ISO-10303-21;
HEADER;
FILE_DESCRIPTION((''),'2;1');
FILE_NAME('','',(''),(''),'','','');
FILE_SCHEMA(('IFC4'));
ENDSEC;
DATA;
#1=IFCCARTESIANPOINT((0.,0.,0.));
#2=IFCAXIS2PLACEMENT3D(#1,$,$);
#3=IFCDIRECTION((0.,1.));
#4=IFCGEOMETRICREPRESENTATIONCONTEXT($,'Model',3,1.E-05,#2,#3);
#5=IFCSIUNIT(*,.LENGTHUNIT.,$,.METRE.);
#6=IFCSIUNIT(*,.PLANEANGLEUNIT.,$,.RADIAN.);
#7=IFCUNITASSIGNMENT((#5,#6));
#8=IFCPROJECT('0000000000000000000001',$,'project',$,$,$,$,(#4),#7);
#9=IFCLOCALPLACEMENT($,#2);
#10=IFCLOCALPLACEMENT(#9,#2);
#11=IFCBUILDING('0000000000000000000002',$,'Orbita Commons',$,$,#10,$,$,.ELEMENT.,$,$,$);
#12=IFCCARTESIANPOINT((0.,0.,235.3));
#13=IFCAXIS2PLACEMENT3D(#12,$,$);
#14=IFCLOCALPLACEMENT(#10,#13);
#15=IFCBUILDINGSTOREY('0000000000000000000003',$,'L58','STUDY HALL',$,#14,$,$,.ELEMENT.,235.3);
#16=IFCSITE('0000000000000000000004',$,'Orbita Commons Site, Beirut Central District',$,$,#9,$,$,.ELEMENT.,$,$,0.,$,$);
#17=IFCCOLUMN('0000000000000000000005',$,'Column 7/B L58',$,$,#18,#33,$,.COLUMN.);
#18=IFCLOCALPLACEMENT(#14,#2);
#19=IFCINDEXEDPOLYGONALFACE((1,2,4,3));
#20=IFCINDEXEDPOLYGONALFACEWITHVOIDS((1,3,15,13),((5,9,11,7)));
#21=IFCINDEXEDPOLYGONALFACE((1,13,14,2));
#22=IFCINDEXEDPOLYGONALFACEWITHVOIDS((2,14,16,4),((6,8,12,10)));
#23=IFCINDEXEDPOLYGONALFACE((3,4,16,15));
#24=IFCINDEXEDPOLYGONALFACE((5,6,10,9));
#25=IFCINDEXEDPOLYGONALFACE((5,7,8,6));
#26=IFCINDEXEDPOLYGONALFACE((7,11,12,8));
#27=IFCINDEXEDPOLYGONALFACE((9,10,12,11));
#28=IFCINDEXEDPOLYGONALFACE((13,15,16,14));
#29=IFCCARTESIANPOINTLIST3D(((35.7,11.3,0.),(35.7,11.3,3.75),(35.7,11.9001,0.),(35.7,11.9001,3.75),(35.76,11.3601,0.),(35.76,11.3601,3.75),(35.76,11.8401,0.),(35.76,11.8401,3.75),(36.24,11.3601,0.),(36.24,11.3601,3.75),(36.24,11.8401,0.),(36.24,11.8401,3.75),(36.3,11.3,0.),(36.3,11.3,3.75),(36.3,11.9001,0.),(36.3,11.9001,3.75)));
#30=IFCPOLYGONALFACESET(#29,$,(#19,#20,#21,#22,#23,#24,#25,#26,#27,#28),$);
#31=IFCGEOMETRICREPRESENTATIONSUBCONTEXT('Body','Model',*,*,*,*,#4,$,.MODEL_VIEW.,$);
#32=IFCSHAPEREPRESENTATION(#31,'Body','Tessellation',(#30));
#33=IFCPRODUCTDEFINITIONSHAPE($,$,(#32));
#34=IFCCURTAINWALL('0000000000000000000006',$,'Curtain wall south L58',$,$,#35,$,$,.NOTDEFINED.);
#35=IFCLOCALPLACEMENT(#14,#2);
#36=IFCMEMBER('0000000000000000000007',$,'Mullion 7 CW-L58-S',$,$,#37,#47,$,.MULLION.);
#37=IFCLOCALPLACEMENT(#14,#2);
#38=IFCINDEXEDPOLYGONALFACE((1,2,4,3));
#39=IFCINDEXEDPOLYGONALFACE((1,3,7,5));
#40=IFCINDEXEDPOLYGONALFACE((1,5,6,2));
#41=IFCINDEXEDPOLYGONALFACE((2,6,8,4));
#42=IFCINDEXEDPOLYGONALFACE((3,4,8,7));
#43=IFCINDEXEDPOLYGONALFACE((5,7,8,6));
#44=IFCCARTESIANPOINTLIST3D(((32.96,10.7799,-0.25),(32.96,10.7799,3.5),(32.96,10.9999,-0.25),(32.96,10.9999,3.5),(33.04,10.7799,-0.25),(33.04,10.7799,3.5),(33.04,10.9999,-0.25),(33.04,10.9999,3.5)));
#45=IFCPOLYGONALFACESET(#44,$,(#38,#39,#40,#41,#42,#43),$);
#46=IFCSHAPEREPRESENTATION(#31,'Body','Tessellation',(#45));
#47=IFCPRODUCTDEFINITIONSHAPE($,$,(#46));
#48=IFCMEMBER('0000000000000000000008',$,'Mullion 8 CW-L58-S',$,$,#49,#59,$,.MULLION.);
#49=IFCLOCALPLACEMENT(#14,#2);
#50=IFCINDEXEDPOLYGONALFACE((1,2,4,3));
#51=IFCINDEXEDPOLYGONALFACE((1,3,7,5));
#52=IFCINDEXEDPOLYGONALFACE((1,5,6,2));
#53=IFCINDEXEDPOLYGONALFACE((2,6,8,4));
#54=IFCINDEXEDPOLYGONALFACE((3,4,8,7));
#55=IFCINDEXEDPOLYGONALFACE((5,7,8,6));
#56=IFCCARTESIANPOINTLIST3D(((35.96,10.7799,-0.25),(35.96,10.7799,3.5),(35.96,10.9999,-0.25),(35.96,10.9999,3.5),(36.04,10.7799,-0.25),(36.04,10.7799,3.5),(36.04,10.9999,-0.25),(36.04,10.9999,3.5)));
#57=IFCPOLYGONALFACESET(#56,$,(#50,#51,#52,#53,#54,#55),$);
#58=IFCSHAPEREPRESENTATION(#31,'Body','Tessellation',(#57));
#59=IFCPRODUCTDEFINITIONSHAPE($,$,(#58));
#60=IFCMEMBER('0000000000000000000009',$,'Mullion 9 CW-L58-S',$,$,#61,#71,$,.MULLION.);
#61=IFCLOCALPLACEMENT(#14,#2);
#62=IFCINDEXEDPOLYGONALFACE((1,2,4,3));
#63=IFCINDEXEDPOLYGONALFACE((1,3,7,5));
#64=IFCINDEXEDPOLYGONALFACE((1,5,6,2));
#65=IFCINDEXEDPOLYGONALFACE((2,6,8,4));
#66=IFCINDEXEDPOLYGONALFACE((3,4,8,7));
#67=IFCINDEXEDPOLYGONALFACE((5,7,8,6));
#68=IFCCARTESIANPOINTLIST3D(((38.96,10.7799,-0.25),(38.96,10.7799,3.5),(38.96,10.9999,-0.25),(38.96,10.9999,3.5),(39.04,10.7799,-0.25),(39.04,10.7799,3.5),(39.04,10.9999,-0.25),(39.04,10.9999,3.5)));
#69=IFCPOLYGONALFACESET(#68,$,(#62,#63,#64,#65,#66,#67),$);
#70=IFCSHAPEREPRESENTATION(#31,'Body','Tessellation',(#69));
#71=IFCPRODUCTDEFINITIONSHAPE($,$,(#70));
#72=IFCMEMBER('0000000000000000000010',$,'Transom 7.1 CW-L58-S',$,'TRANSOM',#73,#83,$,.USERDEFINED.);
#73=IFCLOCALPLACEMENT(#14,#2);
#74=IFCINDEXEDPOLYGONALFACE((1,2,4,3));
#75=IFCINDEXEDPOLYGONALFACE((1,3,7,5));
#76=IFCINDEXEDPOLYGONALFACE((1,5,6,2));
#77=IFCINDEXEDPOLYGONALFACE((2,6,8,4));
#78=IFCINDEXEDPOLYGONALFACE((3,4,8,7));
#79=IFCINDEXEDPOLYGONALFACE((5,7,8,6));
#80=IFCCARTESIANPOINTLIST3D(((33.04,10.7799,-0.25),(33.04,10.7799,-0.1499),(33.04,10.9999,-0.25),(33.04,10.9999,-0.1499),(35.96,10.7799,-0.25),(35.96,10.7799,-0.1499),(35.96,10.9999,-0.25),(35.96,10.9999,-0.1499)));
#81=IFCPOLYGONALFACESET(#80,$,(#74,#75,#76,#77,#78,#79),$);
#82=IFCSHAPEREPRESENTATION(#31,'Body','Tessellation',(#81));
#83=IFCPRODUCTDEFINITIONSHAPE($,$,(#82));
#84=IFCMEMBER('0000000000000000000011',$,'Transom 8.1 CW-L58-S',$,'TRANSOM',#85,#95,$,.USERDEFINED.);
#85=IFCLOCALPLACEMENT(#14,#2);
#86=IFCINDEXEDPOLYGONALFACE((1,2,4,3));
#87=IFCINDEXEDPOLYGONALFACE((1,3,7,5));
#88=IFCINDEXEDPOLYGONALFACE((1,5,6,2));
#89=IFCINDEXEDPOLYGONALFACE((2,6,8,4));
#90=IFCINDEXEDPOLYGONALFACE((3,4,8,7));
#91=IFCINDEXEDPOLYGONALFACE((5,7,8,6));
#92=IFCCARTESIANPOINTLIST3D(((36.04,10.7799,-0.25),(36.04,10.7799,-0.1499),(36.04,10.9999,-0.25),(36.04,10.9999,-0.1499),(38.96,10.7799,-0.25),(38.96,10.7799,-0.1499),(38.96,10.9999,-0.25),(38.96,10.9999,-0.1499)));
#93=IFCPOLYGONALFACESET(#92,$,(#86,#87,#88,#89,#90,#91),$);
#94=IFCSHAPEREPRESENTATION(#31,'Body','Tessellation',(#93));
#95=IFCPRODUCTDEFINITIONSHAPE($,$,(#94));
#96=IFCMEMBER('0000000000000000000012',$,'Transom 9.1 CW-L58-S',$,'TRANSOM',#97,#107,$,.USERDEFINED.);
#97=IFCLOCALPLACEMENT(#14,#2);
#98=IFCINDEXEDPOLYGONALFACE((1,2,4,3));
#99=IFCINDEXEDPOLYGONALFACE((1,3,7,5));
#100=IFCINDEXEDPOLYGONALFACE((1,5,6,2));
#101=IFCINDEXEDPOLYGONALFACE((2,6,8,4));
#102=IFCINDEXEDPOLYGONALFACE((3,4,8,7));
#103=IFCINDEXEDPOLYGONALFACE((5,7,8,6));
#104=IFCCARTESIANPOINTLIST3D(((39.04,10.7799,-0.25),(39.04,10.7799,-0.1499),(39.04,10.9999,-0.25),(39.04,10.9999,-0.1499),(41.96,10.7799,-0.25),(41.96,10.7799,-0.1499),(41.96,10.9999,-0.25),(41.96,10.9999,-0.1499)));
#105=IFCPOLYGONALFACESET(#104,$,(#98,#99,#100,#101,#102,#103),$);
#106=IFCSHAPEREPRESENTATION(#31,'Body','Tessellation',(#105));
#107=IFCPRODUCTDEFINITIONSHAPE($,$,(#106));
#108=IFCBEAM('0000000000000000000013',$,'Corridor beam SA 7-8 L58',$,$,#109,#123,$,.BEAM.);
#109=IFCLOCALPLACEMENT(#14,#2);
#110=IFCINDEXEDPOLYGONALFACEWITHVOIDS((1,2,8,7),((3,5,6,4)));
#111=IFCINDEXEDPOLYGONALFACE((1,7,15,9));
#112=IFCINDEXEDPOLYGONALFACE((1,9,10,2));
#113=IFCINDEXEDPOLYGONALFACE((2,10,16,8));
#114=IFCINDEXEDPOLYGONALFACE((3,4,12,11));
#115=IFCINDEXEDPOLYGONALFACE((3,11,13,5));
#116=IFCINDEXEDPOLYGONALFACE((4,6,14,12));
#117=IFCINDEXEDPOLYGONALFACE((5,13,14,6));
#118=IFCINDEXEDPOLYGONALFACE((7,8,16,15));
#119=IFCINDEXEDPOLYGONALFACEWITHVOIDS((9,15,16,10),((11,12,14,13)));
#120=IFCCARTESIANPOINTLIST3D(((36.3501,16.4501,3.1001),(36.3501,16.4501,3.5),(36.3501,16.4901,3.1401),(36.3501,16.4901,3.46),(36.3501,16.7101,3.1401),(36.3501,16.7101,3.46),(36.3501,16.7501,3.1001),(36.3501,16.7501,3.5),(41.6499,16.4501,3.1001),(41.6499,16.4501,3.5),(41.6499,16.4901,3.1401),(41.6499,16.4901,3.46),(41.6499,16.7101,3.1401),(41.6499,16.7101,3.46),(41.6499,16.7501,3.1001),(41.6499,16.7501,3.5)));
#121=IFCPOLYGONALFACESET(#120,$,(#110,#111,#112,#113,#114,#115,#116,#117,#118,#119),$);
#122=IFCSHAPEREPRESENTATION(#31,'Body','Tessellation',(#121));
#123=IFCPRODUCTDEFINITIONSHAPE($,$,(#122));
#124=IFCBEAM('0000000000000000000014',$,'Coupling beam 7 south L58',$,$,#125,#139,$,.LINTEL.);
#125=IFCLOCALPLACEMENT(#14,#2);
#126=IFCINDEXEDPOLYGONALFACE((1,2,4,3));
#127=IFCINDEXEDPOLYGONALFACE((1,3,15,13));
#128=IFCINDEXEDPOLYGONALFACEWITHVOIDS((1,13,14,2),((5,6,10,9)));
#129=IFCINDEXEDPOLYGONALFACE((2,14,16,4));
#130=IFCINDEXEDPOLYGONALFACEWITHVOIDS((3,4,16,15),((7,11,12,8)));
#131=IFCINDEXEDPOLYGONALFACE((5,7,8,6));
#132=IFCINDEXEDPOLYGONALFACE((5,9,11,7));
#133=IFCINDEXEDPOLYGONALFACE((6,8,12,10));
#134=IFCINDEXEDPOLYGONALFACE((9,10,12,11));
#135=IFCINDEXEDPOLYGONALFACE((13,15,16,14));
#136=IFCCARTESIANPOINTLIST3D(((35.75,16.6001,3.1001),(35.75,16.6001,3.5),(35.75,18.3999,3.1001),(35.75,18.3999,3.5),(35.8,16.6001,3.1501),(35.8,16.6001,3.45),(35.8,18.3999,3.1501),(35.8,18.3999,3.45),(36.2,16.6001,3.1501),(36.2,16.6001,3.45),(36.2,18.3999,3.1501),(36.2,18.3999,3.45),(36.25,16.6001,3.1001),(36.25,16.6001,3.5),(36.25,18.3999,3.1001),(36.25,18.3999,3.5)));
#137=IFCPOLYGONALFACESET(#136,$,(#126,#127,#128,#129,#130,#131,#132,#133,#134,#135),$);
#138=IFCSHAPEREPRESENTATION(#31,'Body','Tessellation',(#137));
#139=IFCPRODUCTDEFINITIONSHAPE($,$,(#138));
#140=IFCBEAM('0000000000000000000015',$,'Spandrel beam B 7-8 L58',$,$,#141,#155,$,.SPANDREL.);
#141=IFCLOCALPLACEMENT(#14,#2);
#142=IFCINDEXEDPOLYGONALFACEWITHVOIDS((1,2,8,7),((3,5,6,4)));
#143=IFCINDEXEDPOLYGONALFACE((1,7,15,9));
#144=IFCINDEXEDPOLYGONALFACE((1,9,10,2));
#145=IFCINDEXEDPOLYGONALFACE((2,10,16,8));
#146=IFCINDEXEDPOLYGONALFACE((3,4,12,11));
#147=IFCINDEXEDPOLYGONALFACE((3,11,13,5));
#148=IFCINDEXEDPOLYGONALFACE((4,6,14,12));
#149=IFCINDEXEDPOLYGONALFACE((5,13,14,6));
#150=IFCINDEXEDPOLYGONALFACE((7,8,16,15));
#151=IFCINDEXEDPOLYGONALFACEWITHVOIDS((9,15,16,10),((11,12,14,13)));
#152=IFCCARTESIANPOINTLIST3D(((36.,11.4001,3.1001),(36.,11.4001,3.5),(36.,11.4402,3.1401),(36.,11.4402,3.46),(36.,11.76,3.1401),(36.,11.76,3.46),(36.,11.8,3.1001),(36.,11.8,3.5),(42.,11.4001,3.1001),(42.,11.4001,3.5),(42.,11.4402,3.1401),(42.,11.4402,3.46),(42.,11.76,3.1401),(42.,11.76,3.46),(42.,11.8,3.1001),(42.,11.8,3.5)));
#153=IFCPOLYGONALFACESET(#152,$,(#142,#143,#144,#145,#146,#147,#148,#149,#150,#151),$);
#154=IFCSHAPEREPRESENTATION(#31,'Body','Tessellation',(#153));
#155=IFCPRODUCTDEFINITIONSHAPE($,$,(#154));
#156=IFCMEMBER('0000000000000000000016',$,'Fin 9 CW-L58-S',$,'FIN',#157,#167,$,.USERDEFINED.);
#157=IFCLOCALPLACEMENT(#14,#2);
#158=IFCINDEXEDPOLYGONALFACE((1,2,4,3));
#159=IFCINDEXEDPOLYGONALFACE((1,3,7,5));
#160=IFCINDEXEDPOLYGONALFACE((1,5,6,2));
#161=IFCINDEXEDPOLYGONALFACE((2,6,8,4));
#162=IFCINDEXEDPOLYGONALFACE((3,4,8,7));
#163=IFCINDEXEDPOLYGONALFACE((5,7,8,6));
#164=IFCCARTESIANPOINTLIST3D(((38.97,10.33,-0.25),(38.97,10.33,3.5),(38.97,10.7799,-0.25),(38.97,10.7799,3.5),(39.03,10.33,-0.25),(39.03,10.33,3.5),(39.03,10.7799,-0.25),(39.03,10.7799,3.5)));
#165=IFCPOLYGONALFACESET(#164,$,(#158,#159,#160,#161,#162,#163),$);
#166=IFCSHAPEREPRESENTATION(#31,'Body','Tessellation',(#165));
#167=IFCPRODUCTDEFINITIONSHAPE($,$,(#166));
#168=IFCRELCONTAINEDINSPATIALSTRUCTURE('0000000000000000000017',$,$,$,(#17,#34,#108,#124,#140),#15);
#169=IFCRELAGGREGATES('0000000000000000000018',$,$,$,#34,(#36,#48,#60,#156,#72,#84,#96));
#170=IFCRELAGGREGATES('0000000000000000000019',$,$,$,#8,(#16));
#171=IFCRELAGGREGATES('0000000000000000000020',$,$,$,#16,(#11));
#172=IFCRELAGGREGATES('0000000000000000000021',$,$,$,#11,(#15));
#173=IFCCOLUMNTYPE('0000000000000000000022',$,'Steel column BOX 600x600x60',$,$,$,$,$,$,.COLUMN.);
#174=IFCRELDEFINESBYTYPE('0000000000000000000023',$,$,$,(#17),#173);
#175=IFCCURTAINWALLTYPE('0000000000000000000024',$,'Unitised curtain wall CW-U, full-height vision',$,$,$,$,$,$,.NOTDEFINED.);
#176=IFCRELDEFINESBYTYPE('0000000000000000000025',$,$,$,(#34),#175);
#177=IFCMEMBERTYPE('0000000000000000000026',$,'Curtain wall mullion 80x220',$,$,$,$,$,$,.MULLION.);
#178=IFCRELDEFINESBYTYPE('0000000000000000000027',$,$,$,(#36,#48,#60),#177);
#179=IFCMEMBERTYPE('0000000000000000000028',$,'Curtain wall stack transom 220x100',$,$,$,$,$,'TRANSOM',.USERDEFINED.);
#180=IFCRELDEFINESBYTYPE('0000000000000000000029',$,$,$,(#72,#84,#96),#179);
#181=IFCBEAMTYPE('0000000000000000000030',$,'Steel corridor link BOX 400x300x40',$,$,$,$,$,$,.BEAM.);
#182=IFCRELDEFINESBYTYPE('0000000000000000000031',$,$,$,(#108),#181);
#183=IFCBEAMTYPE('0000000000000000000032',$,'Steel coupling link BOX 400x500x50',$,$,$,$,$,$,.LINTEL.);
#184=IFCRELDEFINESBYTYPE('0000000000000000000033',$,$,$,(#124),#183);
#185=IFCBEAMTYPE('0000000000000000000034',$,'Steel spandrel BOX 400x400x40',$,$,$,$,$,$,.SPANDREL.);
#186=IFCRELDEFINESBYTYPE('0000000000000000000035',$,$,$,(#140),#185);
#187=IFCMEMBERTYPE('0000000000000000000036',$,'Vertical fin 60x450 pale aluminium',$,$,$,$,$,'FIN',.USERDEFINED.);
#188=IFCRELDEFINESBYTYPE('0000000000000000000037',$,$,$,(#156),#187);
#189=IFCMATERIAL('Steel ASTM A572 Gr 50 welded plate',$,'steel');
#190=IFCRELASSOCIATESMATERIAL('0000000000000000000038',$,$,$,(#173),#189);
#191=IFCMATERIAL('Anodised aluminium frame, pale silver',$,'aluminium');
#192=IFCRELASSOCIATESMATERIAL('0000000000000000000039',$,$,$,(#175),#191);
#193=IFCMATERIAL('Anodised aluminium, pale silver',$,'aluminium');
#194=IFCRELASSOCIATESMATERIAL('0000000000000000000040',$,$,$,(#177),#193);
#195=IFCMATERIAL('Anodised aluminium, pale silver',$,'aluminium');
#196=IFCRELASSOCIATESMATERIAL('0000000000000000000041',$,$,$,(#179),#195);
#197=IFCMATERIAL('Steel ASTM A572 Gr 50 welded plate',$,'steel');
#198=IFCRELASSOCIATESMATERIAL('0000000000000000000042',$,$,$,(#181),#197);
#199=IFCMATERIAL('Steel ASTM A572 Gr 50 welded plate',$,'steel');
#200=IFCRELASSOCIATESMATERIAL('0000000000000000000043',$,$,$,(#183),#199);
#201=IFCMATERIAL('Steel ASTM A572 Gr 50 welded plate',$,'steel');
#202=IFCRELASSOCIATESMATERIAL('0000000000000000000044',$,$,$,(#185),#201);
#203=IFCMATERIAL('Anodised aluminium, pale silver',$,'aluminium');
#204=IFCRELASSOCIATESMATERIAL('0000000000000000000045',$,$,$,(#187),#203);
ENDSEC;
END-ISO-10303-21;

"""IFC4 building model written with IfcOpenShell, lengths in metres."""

from ifc_helpers import new_model, si_unit, direction, frame, origin, origin_2d, place, context, subcontext, project, spatial, rectangle, hollow_rectangle, extrude, material, material_profile, profile_set, type_object, element, aggregate, save


model = new_model("IFC4")

# Units and contexts
model_context = context("Model", 3, precision=1e-05, world=origin(), true_north=direction((0.0, 1.0)))
body_context = subcontext(model_context, "Body", "Model", "MODEL_VIEW")
ifc_project = project(units=[si_unit("LENGTHUNIT", "METRE"), si_unit("PLANEANGLEUNIT", "RADIAN")], contexts=[model_context])

# Site, building, storey
site_placement = place(None, origin())
site = spatial("IfcSite", under=ifc_project, at=site_placement, Name="Orbita Commons Site, Beirut Central District", CompositionType="ELEMENT", RefElevation=0.0)
building_placement = place(site_placement, origin())
building = spatial("IfcBuilding", under=site, at=building_placement, Name="Orbita Commons", CompositionType="ELEMENT")
storey_placement = place(building_placement, frame((0.0, 0.0, 235.3)))
storey = spatial("IfcBuildingStorey", under=building, at=storey_placement, Name="L58", Description="STUDY HALL", CompositionType="ELEMENT", Elevation=235.3)

# Column
ifc_material_1 = material(Name="Steel ASTM A572 Gr 50 welded plate", Category="steel")
ifc_material_profile_1 = material_profile(ifc_material_1, hollow_rectangle(XDim=0.6001, YDim=0.6001, WallThickness=0.0601, at=origin_2d()), Name="BOX 600x600x60")
ifc_profile_set_1 = profile_set([ifc_material_profile_1], Name="Steel ASTM A572 Gr 50 welded plate")
column_type = type_object("IfcColumnType", Name="Steel column BOX 600x600x60", PredefinedType="COLUMN", material=ifc_profile_set_1)
column_placement = place(storey_placement, frame((36.0, 11.6001, 0.0), z_axis=(0.0, 0.0, 1.0), x_axis=(1.0, 0.0, 0.0)))
element("IfcColumn", 1, at=column_placement, inside=storey, type_object=column_type, Name="Column 7/B L58", PredefinedType="COLUMN", context=body_context, shape_type="SweptSolid", body=[
    extrude(hollow_rectangle(XDim=0.6001, YDim=0.6001, WallThickness=0.0601, at=origin_2d()), origin(), (0.0, 0.0, 1.0), 3.75),
])

# Curtain wall, members
ifc_material_2 = material(Name="Anodised aluminium frame, pale silver", Category="aluminium")
curtain_wall_type = type_object("IfcCurtainWallType", Name="Unitised curtain wall CW-U, full-height vision", PredefinedType="NOTDEFINED", material=ifc_material_2)
curtain_wall_placement = place(storey_placement, origin())
curtain_wall = element("IfcCurtainWall", 2, at=curtain_wall_placement, inside=storey, type_object=curtain_wall_type, Name="Curtain wall south L58", PredefinedType="NOTDEFINED")
ifc_material_3 = material(Name="Anodised aluminium, pale silver", Category="aluminium")
ifc_material_profile_2 = material_profile(ifc_material_3, rectangle(XDim=0.0801, YDim=0.22, at=origin_2d()), Name="AL 80x220")
ifc_profile_set_2 = profile_set([ifc_material_profile_2], Name="Anodised aluminium, pale silver")
member_type_1 = type_object("IfcMemberType", Name="Curtain wall mullion 80x220", PredefinedType="MULLION", material=ifc_profile_set_2)
member_1_placement = place(storey_placement, frame((33.0, 10.8899, -0.25), z_axis=(0.0, 0.0, 1.0), x_axis=(1.0, 0.0, 0.0)))
member_1 = element("IfcMember", 3, at=member_1_placement, type_object=member_type_1, Name="Mullion 7 CW-L58-S", PredefinedType="MULLION", context=body_context, shape_type="SweptSolid", body=[
    extrude(rectangle(XDim=0.0801, YDim=0.22, at=origin_2d()), origin(), (0.0, 0.0, 1.0), 3.75),
])
member_2_placement = place(storey_placement, frame((36.0, 10.8899, -0.25), z_axis=(0.0, 0.0, 1.0), x_axis=(1.0, 0.0, 0.0)))
member_2 = element("IfcMember", 4, at=member_2_placement, type_object=member_type_1, Name="Mullion 8 CW-L58-S", PredefinedType="MULLION", context=body_context, shape_type="SweptSolid", body=[
    extrude(rectangle(XDim=0.0801, YDim=0.22, at=origin_2d()), origin(), (0.0, 0.0, 1.0), 3.75),
])
member_3_placement = place(storey_placement, frame((39.0, 10.8899, -0.25), z_axis=(0.0, 0.0, 1.0), x_axis=(1.0, 0.0, 0.0)))
member_3 = element("IfcMember", 5, at=member_3_placement, type_object=member_type_1, Name="Mullion 9 CW-L58-S", PredefinedType="MULLION", context=body_context, shape_type="SweptSolid", body=[
    extrude(rectangle(XDim=0.0801, YDim=0.22, at=origin_2d()), origin(), (0.0, 0.0, 1.0), 3.75),
])
ifc_material_4 = material(Name="Anodised aluminium, pale silver", Category="aluminium")
ifc_material_profile_3 = material_profile(ifc_material_4, rectangle(XDim=0.22, YDim=0.1001, at=origin_2d()), Name="AL 220x100")
ifc_profile_set_3 = profile_set([ifc_material_profile_3], Name="Anodised aluminium, pale silver")
member_type_2 = type_object("IfcMemberType", Name="Curtain wall stack transom 220x100", ElementType="TRANSOM", PredefinedType="USERDEFINED", material=ifc_profile_set_3)
member_4_placement = place(storey_placement, frame((33.04, 10.8899, -0.2), z_axis=(1.0, 0.0, 0.0), x_axis=(0.0, 1.0, 0.0)))
member_4 = element("IfcMember", 6, at=member_4_placement, type_object=member_type_2, Name="Transom 7.1 CW-L58-S", ObjectType="TRANSOM", PredefinedType="USERDEFINED", context=body_context, shape_type="SweptSolid", body=[
    extrude(rectangle(XDim=0.22, YDim=0.1001, at=origin_2d()), origin(), (0.0, 0.0, 1.0), 2.9199),
])
member_5_placement = place(storey_placement, frame((36.04, 10.8899, -0.2), z_axis=(1.0, 0.0, 0.0), x_axis=(0.0, 1.0, 0.0)))
member_5 = element("IfcMember", 7, at=member_5_placement, type_object=member_type_2, Name="Transom 8.1 CW-L58-S", ObjectType="TRANSOM", PredefinedType="USERDEFINED", context=body_context, shape_type="SweptSolid", body=[
    extrude(rectangle(XDim=0.22, YDim=0.1001, at=origin_2d()), origin(), (0.0, 0.0, 1.0), 2.9199),
])
member_6_placement = place(storey_placement, frame((39.04, 10.8899, -0.2), z_axis=(1.0, 0.0, 0.0), x_axis=(0.0, 1.0, 0.0)))
member_6 = element("IfcMember", 8, at=member_6_placement, type_object=member_type_2, Name="Transom 9.1 CW-L58-S", ObjectType="TRANSOM", PredefinedType="USERDEFINED", context=body_context, shape_type="SweptSolid", body=[
    extrude(rectangle(XDim=0.22, YDim=0.1001, at=origin_2d()), origin(), (0.0, 0.0, 1.0), 2.9199),
])

# Beams
ifc_material_5 = material(Name="Steel ASTM A572 Gr 50 welded plate", Category="steel")
ifc_material_profile_4 = material_profile(ifc_material_5, hollow_rectangle(XDim=0.3, YDim=0.3999, WallThickness=0.04, at=origin_2d()), Name="BOX 400x300x40")
ifc_profile_set_4 = profile_set([ifc_material_profile_4], Name="Steel ASTM A572 Gr 50 welded plate")
beam_type_1 = type_object("IfcBeamType", Name="Steel corridor link BOX 400x300x40", PredefinedType="BEAM", material=ifc_profile_set_4)
beam_1_placement = place(storey_placement, frame((36.3501, 16.6001, 3.3), z_axis=(1.0, 0.0, 0.0), x_axis=(0.0, 1.0, 0.0)))
element("IfcBeam", 9, at=beam_1_placement, inside=storey, type_object=beam_type_1, Name="Corridor beam SA 7-8 L58", PredefinedType="BEAM", context=body_context, shape_type="SweptSolid", body=[
    extrude(hollow_rectangle(XDim=0.3, YDim=0.3999, WallThickness=0.04, at=origin_2d()), origin(), (0.0, 0.0, 1.0), 5.2998),
])
ifc_material_6 = material(Name="Steel ASTM A572 Gr 50 welded plate", Category="steel")
ifc_material_profile_5 = material_profile(ifc_material_6, hollow_rectangle(XDim=0.5, YDim=0.3999, WallThickness=0.05, at=origin_2d()), Name="BOX 400x500x50")
ifc_profile_set_5 = profile_set([ifc_material_profile_5], Name="Steel ASTM A572 Gr 50 welded plate")
beam_type_2 = type_object("IfcBeamType", Name="Steel coupling link BOX 400x500x50", PredefinedType="LINTEL", material=ifc_profile_set_5)
beam_2_placement = place(storey_placement, frame((36.0, 16.6001, 3.3), z_axis=(0.0, 1.0, 0.0), x_axis=(-1.0, 0.0, 0.0)))
element("IfcBeam", 10, at=beam_2_placement, inside=storey, type_object=beam_type_2, Name="Coupling beam 7 south L58", PredefinedType="LINTEL", context=body_context, shape_type="SweptSolid", body=[
    extrude(hollow_rectangle(XDim=0.5, YDim=0.3999, WallThickness=0.05, at=origin_2d()), origin(), (0.0, 0.0, 1.0), 1.7998),
])
ifc_material_7 = material(Name="Steel ASTM A572 Gr 50 welded plate", Category="steel")
ifc_material_profile_6 = material_profile(ifc_material_7, hollow_rectangle(XDim=0.3999, YDim=0.3999, WallThickness=0.04, at=origin_2d()), Name="BOX 400x400x40")
ifc_profile_set_6 = profile_set([ifc_material_profile_6], Name="Steel ASTM A572 Gr 50 welded plate")
beam_type_3 = type_object("IfcBeamType", Name="Steel spandrel BOX 400x400x40", PredefinedType="SPANDREL", material=ifc_profile_set_6)
beam_3_placement = place(storey_placement, frame((36.0, 11.6001, 3.3), z_axis=(1.0, 0.0, 0.0), x_axis=(0.0, 1.0, 0.0)))
element("IfcBeam", 11, at=beam_3_placement, inside=storey, type_object=beam_type_3, Name="Spandrel beam B 7-8 L58", PredefinedType="SPANDREL", context=body_context, shape_type="SweptSolid", body=[
    extrude(hollow_rectangle(XDim=0.3999, YDim=0.3999, WallThickness=0.04, at=origin_2d()), origin(), (0.0, 0.0, 1.0), 6.0),
])

# Member
ifc_material_8 = material(Name="Anodised aluminium, pale silver", Category="aluminium")
ifc_material_profile_7 = material_profile(ifc_material_8, rectangle(XDim=0.0601, YDim=0.45, at=origin_2d()), Name="FIN 60x450")
ifc_profile_set_7 = profile_set([ifc_material_profile_7], Name="Anodised aluminium, pale silver")
member_type_3 = type_object("IfcMemberType", Name="Vertical fin 60x450 pale aluminium", ElementType="FIN", PredefinedType="USERDEFINED", material=ifc_profile_set_7)
member_7_placement = place(storey_placement, frame((39.0, 10.5549, -0.25), z_axis=(0.0, 0.0, 1.0), x_axis=(1.0, 0.0, 0.0)))
member_7 = element("IfcMember", 12, at=member_7_placement, type_object=member_type_3, Name="Fin 9 CW-L58-S", ObjectType="FIN", PredefinedType="USERDEFINED", context=body_context, shape_type="SweptSolid", body=[
    extrude(rectangle(XDim=0.0601, YDim=0.45, at=origin_2d()), origin(), (0.0, 0.0, 1.0), 3.75),
])

aggregate(curtain_wall, [member_1, member_2, member_3, member_7, member_4, member_5, member_6])

save(model, "model.ifc")
